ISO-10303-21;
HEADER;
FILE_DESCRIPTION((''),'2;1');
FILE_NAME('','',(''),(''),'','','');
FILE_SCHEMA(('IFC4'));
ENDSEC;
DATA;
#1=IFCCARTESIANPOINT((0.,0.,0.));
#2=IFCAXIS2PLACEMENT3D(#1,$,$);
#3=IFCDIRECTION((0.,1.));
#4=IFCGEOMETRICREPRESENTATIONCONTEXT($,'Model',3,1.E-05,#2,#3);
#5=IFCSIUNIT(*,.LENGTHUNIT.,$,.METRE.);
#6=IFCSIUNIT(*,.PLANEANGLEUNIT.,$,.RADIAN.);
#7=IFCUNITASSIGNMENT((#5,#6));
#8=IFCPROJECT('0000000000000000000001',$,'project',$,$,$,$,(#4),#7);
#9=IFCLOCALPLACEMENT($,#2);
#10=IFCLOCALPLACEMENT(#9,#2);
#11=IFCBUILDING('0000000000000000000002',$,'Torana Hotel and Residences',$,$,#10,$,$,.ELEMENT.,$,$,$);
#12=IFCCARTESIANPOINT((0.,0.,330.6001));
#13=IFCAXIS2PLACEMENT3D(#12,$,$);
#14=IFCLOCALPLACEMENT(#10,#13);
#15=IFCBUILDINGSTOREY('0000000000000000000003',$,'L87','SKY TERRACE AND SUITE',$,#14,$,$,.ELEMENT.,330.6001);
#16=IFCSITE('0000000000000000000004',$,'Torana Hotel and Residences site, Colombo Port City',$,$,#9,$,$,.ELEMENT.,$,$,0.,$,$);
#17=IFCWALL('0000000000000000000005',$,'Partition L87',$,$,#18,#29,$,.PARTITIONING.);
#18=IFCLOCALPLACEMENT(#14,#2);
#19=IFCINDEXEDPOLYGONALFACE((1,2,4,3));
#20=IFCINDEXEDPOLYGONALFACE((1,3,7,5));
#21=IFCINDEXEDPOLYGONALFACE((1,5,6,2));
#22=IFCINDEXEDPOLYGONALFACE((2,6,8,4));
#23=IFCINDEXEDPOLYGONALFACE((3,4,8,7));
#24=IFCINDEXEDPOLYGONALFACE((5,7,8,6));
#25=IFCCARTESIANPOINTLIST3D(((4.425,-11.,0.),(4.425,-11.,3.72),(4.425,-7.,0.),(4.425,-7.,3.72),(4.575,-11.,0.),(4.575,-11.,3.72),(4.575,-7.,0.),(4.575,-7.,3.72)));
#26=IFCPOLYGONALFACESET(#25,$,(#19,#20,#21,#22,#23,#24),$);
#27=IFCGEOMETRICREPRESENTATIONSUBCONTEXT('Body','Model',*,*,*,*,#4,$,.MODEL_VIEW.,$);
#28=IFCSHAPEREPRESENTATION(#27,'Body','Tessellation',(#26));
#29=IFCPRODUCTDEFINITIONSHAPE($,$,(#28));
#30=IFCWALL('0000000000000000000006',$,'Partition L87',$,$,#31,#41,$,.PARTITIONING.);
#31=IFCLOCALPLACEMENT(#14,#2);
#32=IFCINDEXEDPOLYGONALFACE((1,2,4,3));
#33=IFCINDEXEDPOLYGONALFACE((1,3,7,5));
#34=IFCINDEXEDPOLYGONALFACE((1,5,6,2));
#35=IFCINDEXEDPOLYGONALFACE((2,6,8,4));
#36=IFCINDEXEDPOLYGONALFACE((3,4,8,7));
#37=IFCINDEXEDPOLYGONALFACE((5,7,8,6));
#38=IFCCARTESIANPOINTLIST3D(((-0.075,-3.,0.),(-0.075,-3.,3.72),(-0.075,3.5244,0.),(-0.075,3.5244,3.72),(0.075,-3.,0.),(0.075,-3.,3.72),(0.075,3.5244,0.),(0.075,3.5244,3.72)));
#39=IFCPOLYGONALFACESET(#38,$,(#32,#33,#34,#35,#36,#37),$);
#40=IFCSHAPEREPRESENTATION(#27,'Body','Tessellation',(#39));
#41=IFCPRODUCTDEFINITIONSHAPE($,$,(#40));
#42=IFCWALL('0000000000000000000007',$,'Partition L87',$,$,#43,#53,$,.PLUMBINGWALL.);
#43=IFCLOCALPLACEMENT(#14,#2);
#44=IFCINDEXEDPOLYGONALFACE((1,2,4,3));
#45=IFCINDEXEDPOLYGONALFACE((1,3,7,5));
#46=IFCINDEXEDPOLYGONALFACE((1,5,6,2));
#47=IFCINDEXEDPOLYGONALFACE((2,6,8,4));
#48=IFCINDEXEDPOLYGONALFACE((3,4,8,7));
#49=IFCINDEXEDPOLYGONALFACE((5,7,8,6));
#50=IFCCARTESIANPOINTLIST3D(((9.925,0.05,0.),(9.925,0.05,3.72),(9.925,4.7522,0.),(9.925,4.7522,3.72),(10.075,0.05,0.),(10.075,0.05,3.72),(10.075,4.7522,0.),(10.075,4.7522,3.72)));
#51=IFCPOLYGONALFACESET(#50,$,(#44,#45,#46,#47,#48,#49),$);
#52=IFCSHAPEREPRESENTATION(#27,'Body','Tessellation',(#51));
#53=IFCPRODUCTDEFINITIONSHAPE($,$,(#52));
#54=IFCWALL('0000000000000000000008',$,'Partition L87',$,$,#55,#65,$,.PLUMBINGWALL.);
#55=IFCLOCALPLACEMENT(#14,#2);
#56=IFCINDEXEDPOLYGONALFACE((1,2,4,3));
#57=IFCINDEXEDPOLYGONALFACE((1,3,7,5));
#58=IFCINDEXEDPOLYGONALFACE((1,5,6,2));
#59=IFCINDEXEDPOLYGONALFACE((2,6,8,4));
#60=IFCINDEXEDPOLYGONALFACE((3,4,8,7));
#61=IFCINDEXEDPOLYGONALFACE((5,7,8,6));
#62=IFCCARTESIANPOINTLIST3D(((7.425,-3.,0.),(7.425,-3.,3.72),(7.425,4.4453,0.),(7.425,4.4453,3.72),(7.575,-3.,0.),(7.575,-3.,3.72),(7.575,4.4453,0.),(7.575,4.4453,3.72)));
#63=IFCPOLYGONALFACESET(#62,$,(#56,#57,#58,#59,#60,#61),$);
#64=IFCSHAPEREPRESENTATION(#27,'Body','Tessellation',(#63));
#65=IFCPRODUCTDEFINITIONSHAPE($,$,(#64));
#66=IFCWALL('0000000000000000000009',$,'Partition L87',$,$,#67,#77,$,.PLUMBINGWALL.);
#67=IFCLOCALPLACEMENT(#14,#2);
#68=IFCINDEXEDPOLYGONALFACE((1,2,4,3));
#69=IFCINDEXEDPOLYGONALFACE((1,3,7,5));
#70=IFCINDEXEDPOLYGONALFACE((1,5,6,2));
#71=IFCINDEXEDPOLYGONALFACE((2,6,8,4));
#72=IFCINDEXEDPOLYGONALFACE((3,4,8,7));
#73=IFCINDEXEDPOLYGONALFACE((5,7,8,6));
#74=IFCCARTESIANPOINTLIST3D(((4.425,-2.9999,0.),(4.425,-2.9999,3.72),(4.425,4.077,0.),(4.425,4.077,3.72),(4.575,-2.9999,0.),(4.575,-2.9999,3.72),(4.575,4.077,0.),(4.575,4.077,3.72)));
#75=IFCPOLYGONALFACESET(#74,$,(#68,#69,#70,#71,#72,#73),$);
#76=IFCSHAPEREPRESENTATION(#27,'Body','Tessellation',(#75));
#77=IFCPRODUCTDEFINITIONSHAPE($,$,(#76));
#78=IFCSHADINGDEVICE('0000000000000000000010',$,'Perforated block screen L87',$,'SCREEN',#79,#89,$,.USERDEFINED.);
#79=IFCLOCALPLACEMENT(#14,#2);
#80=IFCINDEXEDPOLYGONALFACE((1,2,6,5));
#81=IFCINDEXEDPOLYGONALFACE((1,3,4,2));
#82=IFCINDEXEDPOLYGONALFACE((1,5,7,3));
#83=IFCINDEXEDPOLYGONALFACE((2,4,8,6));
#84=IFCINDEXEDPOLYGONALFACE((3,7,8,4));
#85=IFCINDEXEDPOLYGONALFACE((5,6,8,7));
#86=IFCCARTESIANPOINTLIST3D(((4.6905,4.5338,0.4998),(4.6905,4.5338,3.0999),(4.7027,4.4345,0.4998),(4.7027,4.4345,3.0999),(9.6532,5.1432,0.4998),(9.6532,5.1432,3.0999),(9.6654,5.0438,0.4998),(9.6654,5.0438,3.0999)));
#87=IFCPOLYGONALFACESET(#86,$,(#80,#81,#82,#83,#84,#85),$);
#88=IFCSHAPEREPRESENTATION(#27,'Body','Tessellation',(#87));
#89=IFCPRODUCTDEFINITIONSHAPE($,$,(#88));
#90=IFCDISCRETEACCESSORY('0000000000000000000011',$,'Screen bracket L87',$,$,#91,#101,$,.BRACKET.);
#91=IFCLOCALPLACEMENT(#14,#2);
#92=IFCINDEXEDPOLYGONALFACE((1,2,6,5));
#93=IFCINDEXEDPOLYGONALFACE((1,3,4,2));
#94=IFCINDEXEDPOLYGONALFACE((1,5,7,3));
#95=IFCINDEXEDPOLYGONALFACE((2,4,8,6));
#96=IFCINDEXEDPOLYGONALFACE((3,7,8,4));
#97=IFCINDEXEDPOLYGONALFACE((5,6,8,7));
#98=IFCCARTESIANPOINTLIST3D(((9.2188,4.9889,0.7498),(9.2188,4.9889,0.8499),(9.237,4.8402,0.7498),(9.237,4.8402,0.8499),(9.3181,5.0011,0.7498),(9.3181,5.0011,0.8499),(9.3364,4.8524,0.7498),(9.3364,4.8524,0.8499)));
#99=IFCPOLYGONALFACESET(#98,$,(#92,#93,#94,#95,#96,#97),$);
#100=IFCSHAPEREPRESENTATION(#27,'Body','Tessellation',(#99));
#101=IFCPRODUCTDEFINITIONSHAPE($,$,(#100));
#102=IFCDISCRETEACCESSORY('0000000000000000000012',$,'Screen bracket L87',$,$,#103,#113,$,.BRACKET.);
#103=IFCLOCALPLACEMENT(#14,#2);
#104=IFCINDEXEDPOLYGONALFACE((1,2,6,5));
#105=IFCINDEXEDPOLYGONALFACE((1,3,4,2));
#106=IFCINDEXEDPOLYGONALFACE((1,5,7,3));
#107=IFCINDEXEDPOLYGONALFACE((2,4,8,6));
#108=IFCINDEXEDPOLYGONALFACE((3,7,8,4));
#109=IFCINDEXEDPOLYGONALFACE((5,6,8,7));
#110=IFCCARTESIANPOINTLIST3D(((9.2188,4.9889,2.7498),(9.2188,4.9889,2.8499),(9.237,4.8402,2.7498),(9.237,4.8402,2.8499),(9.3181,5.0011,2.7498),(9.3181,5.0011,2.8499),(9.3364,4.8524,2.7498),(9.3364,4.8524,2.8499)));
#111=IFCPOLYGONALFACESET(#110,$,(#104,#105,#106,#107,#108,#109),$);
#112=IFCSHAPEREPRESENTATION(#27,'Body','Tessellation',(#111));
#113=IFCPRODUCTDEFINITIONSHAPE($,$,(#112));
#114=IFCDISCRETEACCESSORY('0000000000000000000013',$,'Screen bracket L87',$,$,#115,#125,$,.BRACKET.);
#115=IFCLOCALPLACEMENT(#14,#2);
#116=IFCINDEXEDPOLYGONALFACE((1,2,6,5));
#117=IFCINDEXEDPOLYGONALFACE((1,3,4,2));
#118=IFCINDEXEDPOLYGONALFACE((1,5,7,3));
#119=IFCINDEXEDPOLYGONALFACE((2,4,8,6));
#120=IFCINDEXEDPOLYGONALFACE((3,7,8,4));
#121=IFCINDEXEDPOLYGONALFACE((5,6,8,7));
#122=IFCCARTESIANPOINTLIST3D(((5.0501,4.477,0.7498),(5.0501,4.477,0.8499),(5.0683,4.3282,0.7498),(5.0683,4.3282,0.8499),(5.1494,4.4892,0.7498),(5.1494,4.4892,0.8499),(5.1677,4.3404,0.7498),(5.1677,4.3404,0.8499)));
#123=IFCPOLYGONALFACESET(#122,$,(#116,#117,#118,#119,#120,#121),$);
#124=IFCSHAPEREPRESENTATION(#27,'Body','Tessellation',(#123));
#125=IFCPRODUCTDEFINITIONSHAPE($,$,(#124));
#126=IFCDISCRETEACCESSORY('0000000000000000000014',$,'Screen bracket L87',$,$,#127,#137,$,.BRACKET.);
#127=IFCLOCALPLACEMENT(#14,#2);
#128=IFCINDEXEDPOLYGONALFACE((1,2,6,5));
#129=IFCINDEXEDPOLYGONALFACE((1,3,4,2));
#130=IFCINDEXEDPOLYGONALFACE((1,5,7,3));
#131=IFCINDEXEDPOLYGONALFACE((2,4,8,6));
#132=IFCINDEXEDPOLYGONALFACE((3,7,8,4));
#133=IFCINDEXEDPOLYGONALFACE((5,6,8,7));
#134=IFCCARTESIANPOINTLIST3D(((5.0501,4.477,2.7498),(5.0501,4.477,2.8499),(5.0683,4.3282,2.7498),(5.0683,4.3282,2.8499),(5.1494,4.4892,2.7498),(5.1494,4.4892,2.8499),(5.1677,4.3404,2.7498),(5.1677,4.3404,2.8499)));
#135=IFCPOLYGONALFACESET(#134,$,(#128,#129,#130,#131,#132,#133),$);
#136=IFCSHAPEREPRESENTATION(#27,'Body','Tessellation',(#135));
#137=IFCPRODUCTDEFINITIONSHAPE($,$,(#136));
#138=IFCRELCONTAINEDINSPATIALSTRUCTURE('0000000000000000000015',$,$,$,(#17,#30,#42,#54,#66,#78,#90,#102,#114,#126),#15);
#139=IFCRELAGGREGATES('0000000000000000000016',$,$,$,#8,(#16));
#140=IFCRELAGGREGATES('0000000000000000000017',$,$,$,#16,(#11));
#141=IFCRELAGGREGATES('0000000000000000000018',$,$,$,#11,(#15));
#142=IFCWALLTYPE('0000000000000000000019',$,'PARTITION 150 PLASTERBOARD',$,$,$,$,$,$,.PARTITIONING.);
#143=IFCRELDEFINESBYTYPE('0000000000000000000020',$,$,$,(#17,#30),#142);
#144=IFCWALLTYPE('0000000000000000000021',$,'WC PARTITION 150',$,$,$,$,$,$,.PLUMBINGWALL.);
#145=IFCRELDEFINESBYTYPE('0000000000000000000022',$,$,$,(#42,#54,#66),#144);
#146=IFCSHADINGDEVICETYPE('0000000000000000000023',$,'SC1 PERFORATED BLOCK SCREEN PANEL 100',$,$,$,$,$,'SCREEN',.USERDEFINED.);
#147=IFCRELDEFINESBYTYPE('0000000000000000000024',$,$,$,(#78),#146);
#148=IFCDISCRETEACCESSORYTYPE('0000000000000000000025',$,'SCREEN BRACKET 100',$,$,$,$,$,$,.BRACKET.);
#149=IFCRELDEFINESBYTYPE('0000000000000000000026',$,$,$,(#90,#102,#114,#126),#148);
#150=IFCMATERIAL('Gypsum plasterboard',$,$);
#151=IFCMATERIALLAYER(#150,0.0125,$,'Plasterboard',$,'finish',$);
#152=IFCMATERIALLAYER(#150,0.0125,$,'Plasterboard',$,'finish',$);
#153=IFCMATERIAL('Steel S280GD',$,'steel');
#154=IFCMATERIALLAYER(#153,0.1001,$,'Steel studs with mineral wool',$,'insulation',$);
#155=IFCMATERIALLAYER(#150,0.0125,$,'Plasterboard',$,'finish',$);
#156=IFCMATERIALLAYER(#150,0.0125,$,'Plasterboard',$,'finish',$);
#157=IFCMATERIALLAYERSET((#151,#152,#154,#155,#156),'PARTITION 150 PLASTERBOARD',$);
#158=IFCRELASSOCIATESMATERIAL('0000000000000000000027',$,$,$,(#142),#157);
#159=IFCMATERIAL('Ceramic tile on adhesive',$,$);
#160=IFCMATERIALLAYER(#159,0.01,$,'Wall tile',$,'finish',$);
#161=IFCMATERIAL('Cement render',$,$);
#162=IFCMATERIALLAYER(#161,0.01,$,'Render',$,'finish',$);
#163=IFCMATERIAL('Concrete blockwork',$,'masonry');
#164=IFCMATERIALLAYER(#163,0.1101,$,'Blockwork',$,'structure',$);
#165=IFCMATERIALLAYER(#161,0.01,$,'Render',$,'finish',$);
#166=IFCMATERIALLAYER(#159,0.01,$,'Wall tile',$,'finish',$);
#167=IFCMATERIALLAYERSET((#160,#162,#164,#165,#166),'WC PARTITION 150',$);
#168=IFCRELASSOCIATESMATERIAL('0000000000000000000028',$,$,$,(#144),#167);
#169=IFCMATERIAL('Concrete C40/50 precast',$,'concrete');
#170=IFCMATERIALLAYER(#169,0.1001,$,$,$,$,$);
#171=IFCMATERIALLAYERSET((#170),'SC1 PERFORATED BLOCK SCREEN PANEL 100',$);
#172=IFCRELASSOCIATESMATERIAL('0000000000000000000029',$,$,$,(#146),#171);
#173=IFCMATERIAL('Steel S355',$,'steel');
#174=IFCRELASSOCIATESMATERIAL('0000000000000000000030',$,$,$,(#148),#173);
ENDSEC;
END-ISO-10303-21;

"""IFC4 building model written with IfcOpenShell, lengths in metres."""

from ifc_helpers import new_model, si_unit, direction, frame, frame_2d, origin, origin_2d, place, context, subcontext, project, spatial, rectangle, extrude, material, layer, layer_set, type_object, element, save


model = new_model("IFC4")

# Units and contexts
model_context = context("Model", 3, precision=1e-05, world=origin(), true_north=direction((0.0, 1.0)))
body_context = subcontext(model_context, "Body", "Model", "MODEL_VIEW")
ifc_project = project(units=[si_unit("LENGTHUNIT", "METRE"), si_unit("PLANEANGLEUNIT", "RADIAN")], contexts=[model_context])

# Site, building, storey
site_placement = place(None, origin())
site = spatial("IfcSite", under=ifc_project, at=site_placement, Name="Torana Hotel and Residences site, Colombo Port City", CompositionType="ELEMENT", RefElevation=0.0)
building_placement = place(site_placement, origin())
building = spatial("IfcBuilding", under=site, at=building_placement, Name="Torana Hotel and Residences", CompositionType="ELEMENT")
storey_placement = place(building_placement, frame((0.0, 0.0, 330.6001)))
storey = spatial("IfcBuildingStorey", under=building, at=storey_placement, Name="L87", Description="SKY TERRACE AND SUITE", CompositionType="ELEMENT", Elevation=330.6001)

# Shared definitions
ifc_material_1 = material(Name="Concrete blockwork", Category="masonry")

# Walls
ifc_material_2 = material(Name="Gypsum plasterboard")
ifc_layer_1 = layer(ifc_material_2, 0.0125, Name="Plasterboard", Category="finish")
ifc_layer_2 = layer(ifc_material_2, 0.0125, Name="Plasterboard", Category="finish")
ifc_material_3 = material(Name="Steel S280GD", Category="steel")
ifc_layer_3 = layer(ifc_material_3, 0.1001, Name="Steel studs with mineral wool", Category="insulation")
ifc_layer_4 = layer(ifc_material_2, 0.0125, Name="Plasterboard", Category="finish")
ifc_layer_5 = layer(ifc_material_2, 0.0125, Name="Plasterboard", Category="finish")
ifc_layer_set_1 = layer_set([ifc_layer_1, ifc_layer_2, ifc_layer_3, ifc_layer_4, ifc_layer_5], Name="PARTITION 150 PLASTERBOARD")
wall_type_1 = type_object("IfcWallType", Name="PARTITION 150 PLASTERBOARD", PredefinedType="PARTITIONING", material=ifc_layer_set_1)
wall_1_placement = place(storey_placement, frame((4.5, -11.0, 0.0), z_axis=(0.0, 0.0, 1.0), x_axis=(0.0, 1.0, 0.0)))
element("IfcWall", 1, at=wall_1_placement, inside=storey, type_object=wall_type_1, Name="Partition L87", PredefinedType="PARTITIONING", context=body_context, shape_type="SweptSolid", body=[
    extrude(rectangle(XDim=4.0, YDim=0.1499, at=frame_2d((2.0, 0.0))), origin(), (0.0, 0.0, 1.0), 3.72),
])
wall_2_placement = place(storey_placement, frame((0.0, -3.0, 0.0), z_axis=(0.0, 0.0, 1.0), x_axis=(0.0, 1.0, 0.0)))
element("IfcWall", 2, at=wall_2_placement, inside=storey, type_object=wall_type_1, Name="Partition L87", PredefinedType="PARTITIONING", context=body_context, shape_type="SweptSolid", body=[
    extrude(rectangle(XDim=6.5244, YDim=0.1499, at=frame_2d((3.2622, 0.0))), origin(), (0.0, 0.0, 1.0), 3.72),
])
ifc_material_4 = material(Name="Ceramic tile on adhesive")
ifc_layer_6 = layer(ifc_material_4, 0.01, Name="Wall tile", Category="finish")
ifc_material_5 = material(Name="Cement render")
ifc_layer_7 = layer(ifc_material_5, 0.01, Name="Render", Category="finish")
ifc_layer_8 = layer(ifc_material_1, 0.1101, Name="Blockwork", Category="structure")
ifc_layer_9 = layer(ifc_material_5, 0.01, Name="Render", Category="finish")
ifc_layer_10 = layer(ifc_material_4, 0.01, Name="Wall tile", Category="finish")
ifc_layer_set_2 = layer_set([ifc_layer_6, ifc_layer_7, ifc_layer_8, ifc_layer_9, ifc_layer_10], Name="WC PARTITION 150")
wall_type_2 = type_object("IfcWallType", Name="WC PARTITION 150", PredefinedType="PLUMBINGWALL", material=ifc_layer_set_2)
wall_3_placement = place(storey_placement, frame((10.0, 0.05, 0.0), z_axis=(0.0, 0.0, 1.0), x_axis=(0.0, 1.0, 0.0)))
element("IfcWall", 3, at=wall_3_placement, inside=storey, type_object=wall_type_2, Name="Partition L87", PredefinedType="PLUMBINGWALL", context=body_context, shape_type="SweptSolid", body=[
    extrude(rectangle(XDim=4.7021, YDim=0.1499, at=frame_2d((2.3511, 0.0))), origin(), (0.0, 0.0, 1.0), 3.72),
])
wall_4_placement = place(storey_placement, frame((7.5, -3.0, 0.0), z_axis=(0.0, 0.0, 1.0), x_axis=(0.0, 1.0, 0.0)))
element("IfcWall", 4, at=wall_4_placement, inside=storey, type_object=wall_type_2, Name="Partition L87", PredefinedType="PLUMBINGWALL", context=body_context, shape_type="SweptSolid", body=[
    extrude(rectangle(XDim=7.4453, YDim=0.1499, at=frame_2d((3.7227, 0.0))), origin(), (0.0, 0.0, 1.0), 3.72),
])
wall_5_placement = place(storey_placement, frame((4.5, -3.0, 0.0), z_axis=(0.0, 0.0, 1.0), x_axis=(0.0, 1.0, 0.0)))
element("IfcWall", 5, at=wall_5_placement, inside=storey, type_object=wall_type_2, Name="Partition L87", PredefinedType="PLUMBINGWALL", context=body_context, shape_type="SweptSolid", body=[
    extrude(rectangle(XDim=7.0769, YDim=0.1499, at=frame_2d((3.5386, 0.0))), origin(), (0.0, 0.0, 1.0), 3.72),
])

# Shading device
ifc_material_6 = material(Name="Concrete C40/50 precast", Category="concrete")
ifc_layer_11 = layer(ifc_material_6, 0.1001)
ifc_layer_set_3 = layer_set([ifc_layer_11], Name="SC1 PERFORATED BLOCK SCREEN PANEL 100")
shading_device_type = type_object("IfcShadingDeviceType", Name="SC1 PERFORATED BLOCK SCREEN PANEL 100", ElementType="SCREEN", PredefinedType="USERDEFINED", material=ifc_layer_set_3)
shading_device_placement = place(storey_placement, frame((7.178, 4.7888, 0.4998), z_axis=(0.0, 0.0, 1.0), x_axis=(-0.992547, -0.121866, 0.0)))
element("IfcShadingDevice", 6, at=shading_device_placement, inside=storey, type_object=shading_device_type, Name="Perforated block screen L87", ObjectType="SCREEN", PredefinedType="USERDEFINED", context=body_context, shape_type="SweptSolid", body=[
    extrude(rectangle(XDim=5.0, YDim=0.1001, at=origin_2d()), origin(), (0.0, 0.0, 1.0), 2.6001),
])

# Discrete accessories
ifc_material_7 = material(Name="Steel S355", Category="steel")
discrete_accessory_type = type_object("IfcDiscreteAccessoryType", Name="SCREEN BRACKET 100", PredefinedType="BRACKET", material=ifc_material_7)
for number, where, z_axis, x_axis, name in (
    (7, (9.2776, 4.9207, 0.7498), (0.0, 0.0, 1.0), (-0.992547, -0.121866, 0.0), "Screen bracket L87"),
    (8, (9.2776, 4.9207, 2.7498), (0.0, 0.0, 1.0), (-0.992547, -0.121866, 0.0), "Screen bracket L87"),
    (9, (5.1089, 4.4087, 0.7498), (0.0, 0.0, 1.0), (-0.992547, -0.121866, 0.0), "Screen bracket L87"),
    (10, (5.1089, 4.4087, 2.7498), (0.0, 0.0, 1.0), (-0.992547, -0.121866, 0.0), "Screen bracket L87"),
):
    element("IfcDiscreteAccessory", number, at=place(storey_placement, frame(where, z_axis=z_axis, x_axis=x_axis)), inside=storey, type_object=discrete_accessory_type, Name=name, PredefinedType="BRACKET", context=body_context, shape_type="SweptSolid", body=[
        extrude(rectangle(XDim=0.1001, YDim=0.1499, at=origin_2d()), origin(), (0.0, 0.0, 1.0), 0.1001),
    ])

save(model, "model.ifc")
